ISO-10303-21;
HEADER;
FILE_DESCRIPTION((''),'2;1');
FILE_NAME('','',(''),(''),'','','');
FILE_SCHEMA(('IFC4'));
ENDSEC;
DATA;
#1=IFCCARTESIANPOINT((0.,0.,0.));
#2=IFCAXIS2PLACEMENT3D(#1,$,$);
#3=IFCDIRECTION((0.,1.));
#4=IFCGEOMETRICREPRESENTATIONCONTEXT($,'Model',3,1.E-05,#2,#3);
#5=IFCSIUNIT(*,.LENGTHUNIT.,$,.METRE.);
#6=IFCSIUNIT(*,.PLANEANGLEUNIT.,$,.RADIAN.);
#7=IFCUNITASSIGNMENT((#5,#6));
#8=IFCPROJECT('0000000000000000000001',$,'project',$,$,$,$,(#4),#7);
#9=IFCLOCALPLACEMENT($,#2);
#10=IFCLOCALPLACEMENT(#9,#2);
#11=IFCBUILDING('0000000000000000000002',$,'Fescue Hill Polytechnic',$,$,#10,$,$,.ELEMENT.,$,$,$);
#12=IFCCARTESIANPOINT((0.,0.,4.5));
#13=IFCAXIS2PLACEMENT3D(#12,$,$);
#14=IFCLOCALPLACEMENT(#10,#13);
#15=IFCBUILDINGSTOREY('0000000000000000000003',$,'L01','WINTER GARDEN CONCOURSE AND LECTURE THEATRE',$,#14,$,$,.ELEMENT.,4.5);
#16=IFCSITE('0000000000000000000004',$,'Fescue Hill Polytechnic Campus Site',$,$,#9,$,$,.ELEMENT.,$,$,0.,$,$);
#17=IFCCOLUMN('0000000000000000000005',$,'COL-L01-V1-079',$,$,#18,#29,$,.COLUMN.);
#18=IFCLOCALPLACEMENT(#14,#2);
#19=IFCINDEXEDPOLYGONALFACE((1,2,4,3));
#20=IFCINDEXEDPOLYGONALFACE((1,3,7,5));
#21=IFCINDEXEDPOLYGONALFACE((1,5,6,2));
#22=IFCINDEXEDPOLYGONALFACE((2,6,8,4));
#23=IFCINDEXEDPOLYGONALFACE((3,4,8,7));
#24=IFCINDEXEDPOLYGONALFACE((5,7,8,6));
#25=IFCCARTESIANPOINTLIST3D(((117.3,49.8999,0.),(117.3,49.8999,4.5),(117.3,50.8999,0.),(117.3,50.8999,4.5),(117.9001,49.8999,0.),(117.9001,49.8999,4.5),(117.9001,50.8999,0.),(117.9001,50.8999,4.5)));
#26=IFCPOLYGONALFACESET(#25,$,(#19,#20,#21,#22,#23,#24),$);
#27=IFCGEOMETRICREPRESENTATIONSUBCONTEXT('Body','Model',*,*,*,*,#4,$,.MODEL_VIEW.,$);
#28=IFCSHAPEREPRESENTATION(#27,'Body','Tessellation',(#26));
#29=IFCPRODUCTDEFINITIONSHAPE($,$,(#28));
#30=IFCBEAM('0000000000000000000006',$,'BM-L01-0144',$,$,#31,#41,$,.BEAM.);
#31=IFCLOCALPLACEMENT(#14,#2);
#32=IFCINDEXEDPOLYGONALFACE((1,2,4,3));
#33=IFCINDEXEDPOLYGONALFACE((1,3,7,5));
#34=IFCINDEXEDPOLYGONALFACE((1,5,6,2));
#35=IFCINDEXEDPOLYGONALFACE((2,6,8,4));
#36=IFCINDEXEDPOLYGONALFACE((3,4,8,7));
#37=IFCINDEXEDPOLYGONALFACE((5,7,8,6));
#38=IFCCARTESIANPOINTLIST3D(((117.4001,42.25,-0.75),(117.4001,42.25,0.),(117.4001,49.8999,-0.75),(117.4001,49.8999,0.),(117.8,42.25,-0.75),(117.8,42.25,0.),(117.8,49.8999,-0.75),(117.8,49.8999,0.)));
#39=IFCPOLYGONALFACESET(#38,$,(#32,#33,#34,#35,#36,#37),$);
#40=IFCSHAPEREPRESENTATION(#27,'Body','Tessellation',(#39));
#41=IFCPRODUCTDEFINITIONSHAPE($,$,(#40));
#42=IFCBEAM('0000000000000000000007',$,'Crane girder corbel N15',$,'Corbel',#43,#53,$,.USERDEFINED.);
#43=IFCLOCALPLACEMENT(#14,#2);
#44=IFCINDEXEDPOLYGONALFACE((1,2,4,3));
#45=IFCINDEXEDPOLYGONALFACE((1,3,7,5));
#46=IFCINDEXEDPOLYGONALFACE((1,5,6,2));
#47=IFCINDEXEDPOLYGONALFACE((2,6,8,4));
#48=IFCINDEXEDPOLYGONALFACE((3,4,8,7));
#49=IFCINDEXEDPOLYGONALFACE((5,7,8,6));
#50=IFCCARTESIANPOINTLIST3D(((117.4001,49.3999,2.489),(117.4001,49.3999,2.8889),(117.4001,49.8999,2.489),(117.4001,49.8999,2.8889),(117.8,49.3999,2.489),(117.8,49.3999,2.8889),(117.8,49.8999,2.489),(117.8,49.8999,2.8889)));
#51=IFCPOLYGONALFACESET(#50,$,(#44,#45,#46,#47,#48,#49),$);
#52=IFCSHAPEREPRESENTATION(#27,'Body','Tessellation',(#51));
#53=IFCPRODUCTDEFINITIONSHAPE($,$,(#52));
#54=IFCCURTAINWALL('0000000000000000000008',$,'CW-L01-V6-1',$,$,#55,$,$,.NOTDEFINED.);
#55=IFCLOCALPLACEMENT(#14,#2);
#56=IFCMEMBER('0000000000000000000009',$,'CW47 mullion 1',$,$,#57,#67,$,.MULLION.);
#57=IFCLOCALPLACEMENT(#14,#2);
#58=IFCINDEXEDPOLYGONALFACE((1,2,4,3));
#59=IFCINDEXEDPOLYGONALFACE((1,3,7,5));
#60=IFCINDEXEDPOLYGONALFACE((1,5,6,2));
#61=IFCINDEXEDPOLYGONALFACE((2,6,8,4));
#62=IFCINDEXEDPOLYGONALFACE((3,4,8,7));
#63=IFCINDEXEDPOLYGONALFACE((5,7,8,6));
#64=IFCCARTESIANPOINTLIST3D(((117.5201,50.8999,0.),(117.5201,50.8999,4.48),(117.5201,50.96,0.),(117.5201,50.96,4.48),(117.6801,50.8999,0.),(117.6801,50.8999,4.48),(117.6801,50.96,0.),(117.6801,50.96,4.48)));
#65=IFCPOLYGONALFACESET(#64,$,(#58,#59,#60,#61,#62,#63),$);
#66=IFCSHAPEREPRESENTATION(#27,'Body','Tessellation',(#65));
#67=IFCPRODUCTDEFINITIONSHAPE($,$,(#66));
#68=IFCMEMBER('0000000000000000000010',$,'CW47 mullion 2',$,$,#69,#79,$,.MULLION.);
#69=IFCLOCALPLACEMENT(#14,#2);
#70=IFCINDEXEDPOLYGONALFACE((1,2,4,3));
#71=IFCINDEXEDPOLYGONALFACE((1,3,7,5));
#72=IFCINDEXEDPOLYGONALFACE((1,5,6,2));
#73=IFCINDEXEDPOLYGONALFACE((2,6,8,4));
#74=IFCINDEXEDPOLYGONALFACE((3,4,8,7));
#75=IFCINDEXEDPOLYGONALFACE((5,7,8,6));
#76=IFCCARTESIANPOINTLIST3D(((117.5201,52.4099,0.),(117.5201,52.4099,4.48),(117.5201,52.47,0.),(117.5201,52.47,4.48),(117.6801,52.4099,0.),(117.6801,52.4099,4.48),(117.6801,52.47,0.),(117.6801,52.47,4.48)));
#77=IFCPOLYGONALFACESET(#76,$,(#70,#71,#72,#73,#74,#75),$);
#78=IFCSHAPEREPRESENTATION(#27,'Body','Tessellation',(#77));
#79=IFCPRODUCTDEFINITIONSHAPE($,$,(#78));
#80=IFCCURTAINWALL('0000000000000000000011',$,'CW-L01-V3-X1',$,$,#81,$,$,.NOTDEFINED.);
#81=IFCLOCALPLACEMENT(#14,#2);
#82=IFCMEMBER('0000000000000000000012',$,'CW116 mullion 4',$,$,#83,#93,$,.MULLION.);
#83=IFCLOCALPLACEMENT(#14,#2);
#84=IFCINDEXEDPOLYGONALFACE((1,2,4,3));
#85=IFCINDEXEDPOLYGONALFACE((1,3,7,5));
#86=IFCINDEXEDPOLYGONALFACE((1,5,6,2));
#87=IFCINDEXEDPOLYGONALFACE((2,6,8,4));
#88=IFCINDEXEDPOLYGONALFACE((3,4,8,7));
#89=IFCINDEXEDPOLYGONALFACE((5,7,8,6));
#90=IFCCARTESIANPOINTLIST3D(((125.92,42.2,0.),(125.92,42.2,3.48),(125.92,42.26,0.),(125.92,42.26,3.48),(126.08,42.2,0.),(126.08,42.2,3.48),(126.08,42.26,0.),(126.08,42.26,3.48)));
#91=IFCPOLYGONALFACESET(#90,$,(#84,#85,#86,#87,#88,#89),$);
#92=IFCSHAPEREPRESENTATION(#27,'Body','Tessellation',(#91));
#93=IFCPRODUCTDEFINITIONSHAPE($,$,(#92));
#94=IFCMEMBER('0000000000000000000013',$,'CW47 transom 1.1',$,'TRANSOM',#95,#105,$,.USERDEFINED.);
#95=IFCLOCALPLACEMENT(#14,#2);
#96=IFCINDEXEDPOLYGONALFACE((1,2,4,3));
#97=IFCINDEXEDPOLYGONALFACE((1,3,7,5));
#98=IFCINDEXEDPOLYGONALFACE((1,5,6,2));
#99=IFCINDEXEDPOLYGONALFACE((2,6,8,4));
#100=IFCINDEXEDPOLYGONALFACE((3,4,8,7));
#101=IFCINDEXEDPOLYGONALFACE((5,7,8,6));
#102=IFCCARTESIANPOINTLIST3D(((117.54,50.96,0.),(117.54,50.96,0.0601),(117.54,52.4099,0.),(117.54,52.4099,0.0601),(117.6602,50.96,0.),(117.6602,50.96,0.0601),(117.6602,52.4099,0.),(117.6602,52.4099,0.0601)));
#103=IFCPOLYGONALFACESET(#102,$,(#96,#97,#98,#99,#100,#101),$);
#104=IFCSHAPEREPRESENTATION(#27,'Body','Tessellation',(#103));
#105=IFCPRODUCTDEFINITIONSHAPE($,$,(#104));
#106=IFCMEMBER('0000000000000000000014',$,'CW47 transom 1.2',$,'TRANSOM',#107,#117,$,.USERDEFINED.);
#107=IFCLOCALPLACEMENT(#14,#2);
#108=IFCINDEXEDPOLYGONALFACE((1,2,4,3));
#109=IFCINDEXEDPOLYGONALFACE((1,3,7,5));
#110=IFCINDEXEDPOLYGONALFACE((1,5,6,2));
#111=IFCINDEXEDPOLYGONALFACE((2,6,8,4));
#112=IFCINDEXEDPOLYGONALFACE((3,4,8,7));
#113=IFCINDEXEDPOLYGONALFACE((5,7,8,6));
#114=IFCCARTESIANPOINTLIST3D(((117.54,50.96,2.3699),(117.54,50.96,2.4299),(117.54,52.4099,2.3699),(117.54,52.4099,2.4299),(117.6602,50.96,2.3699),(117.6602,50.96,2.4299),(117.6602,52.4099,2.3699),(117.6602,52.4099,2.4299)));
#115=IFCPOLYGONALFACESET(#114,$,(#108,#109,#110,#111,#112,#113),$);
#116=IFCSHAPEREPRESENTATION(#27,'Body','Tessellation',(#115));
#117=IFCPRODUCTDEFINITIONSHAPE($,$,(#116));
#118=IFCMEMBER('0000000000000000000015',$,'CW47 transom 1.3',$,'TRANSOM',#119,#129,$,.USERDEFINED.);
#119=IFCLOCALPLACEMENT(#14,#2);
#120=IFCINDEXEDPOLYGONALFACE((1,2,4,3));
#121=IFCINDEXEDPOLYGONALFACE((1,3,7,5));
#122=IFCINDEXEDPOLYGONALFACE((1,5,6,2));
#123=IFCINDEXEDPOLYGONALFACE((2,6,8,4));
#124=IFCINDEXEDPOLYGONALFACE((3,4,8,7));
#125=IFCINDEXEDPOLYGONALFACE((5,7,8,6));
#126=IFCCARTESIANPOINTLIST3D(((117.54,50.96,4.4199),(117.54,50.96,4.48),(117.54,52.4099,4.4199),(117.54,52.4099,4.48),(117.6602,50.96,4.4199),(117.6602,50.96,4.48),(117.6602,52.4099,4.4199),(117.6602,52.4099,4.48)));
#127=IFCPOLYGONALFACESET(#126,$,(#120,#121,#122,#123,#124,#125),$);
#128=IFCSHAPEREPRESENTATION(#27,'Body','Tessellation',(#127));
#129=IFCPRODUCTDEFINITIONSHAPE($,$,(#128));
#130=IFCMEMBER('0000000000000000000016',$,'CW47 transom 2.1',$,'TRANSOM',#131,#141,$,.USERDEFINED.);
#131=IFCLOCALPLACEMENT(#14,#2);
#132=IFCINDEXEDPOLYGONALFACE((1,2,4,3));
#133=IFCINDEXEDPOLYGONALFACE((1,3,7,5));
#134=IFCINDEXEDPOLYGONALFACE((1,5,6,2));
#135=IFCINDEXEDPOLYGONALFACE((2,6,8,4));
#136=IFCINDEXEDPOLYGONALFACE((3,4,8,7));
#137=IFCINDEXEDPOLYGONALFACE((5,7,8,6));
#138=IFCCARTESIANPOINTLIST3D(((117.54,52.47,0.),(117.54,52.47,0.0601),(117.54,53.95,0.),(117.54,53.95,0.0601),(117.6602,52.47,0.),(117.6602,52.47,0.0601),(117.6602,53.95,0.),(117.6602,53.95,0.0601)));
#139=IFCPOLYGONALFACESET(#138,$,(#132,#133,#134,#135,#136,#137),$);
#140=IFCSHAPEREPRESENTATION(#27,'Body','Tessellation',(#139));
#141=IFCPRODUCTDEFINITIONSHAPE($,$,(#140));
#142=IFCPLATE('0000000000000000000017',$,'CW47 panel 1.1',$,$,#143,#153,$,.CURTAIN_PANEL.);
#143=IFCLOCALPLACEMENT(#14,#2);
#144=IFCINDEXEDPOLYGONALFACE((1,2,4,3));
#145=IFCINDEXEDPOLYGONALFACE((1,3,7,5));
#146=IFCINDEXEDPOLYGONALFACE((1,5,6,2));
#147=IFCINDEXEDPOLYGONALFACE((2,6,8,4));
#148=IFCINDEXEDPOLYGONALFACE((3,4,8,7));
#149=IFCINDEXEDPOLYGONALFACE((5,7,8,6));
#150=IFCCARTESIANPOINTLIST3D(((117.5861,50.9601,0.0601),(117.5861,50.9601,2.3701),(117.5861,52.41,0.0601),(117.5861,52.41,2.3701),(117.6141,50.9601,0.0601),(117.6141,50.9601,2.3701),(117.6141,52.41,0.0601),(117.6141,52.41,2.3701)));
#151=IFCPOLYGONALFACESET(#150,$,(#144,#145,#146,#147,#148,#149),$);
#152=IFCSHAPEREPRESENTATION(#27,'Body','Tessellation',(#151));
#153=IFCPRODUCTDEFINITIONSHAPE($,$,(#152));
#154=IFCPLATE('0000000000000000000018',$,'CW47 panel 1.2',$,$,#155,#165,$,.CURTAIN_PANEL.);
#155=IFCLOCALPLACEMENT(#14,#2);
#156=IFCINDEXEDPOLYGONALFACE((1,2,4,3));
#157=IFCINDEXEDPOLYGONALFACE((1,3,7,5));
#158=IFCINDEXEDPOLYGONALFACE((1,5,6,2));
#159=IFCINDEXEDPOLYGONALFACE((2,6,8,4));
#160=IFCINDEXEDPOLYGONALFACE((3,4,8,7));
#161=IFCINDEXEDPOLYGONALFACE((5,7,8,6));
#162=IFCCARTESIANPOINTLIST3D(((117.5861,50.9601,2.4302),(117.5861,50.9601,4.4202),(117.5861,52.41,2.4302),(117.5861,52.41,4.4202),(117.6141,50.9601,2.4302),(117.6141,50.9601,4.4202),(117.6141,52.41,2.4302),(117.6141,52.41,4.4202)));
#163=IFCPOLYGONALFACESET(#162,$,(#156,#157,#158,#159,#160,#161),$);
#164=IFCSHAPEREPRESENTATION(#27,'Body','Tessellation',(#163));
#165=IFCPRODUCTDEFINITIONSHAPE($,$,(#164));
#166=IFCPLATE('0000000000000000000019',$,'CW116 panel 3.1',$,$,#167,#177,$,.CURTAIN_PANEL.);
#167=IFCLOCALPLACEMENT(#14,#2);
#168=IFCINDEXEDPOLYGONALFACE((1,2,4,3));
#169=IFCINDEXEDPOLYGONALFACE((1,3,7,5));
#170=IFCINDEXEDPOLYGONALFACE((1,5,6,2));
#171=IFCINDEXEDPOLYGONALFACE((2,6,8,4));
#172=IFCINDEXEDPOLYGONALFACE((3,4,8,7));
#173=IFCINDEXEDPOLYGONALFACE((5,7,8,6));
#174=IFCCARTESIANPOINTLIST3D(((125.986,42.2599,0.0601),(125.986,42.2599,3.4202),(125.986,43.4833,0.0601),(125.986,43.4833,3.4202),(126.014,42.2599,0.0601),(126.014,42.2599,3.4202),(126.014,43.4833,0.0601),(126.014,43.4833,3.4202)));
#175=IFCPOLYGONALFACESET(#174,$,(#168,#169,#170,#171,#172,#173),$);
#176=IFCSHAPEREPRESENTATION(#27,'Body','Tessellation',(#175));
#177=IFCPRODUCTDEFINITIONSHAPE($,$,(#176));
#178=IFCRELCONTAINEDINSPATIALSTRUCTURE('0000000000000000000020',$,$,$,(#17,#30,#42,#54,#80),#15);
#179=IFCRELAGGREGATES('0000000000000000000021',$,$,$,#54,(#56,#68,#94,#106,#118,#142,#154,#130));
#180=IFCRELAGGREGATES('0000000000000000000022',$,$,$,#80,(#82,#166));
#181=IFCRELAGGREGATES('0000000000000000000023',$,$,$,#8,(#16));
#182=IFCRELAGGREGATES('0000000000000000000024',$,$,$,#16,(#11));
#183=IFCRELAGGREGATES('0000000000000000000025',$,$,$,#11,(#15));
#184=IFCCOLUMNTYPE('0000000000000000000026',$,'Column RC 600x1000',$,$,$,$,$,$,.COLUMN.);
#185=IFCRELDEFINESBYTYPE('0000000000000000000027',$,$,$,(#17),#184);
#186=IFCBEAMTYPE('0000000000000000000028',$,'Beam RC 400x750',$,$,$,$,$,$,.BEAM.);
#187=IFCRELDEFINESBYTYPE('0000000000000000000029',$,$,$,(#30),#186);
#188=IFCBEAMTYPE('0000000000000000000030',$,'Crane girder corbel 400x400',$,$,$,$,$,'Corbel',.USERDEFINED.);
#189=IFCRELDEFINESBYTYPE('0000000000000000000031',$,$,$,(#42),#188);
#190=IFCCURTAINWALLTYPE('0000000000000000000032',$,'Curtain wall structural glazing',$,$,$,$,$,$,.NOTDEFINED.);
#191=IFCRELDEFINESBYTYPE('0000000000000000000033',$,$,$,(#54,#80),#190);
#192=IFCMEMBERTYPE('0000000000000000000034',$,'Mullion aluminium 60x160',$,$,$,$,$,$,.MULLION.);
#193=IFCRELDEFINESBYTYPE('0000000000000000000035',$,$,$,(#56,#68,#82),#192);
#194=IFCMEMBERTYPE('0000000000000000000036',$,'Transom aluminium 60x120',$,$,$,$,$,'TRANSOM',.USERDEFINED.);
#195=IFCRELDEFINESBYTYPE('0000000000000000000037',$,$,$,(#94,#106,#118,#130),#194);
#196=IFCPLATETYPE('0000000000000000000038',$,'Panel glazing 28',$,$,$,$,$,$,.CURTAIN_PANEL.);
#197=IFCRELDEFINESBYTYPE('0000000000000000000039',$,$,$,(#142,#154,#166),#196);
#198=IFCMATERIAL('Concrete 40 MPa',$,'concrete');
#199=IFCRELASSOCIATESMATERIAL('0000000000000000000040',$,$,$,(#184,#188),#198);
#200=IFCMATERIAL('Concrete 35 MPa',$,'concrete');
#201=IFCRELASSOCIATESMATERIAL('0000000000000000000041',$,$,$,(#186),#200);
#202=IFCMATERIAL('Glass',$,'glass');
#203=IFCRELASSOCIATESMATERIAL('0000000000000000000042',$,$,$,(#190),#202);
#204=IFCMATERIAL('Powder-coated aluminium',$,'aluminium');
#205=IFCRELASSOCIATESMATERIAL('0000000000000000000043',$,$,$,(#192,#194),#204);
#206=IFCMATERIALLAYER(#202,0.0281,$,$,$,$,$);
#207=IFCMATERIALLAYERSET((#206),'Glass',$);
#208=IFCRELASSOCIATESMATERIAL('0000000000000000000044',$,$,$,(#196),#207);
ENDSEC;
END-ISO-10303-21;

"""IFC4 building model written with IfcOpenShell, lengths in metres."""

from ifc_helpers import new_model, si_unit, direction, frame, origin, origin_2d, place, context, subcontext, project, spatial, rectangle, extrude, material, layer, layer_set, material_profile, profile_set, type_object, element, aggregate, save


model = new_model("IFC4")

# Units and contexts
model_context = context("Model", 3, precision=1e-05, world=origin(), true_north=direction((0.0, 1.0)))
body_context = subcontext(model_context, "Body", "Model", "MODEL_VIEW")
ifc_project = project(units=[si_unit("LENGTHUNIT", "METRE"), si_unit("PLANEANGLEUNIT", "RADIAN")], contexts=[model_context])

# Site, building, storey
site_placement = place(None, origin())
site = spatial("IfcSite", under=ifc_project, at=site_placement, Name="Fescue Hill Polytechnic Campus Site", CompositionType="ELEMENT", RefElevation=0.0)
building_placement = place(site_placement, origin())
building = spatial("IfcBuilding", under=site, at=building_placement, Name="Fescue Hill Polytechnic", CompositionType="ELEMENT")
storey_placement = place(building_placement, frame((0.0, 0.0, 4.5)))
storey = spatial("IfcBuildingStorey", under=building, at=storey_placement, Name="L01", Description="WINTER GARDEN CONCOURSE AND LECTURE THEATRE", CompositionType="ELEMENT", Elevation=4.5)

# Column
ifc_material_1 = material(Name="Concrete 40 MPa", Category="concrete")
ifc_material_profile_1 = material_profile(ifc_material_1, rectangle(XDim=0.6001, YDim=1.0, at=origin_2d()), Name="RC 600x1000")
ifc_profile_set_1 = profile_set([ifc_material_profile_1], Name="Concrete 40 MPa")
column_type = type_object("IfcColumnType", Name="Column RC 600x1000", PredefinedType="COLUMN", material=ifc_profile_set_1)
column_placement = place(storey_placement, frame((117.6001, 50.3999, 0.0), z_axis=(0.0, 0.0, 1.0), x_axis=(1.0, 0.0, 0.0)))
element("IfcColumn", 1, at=column_placement, inside=storey, type_object=column_type, Name="COL-L01-V1-079", PredefinedType="COLUMN", context=body_context, shape_type="SweptSolid", body=[
    extrude(rectangle(XDim=0.6001, YDim=1.0, at=origin_2d()), origin(), (0.0, 0.0, 1.0), 4.5),
])

# Beams
ifc_material_2 = material(Name="Concrete 35 MPa", Category="concrete")
ifc_material_profile_2 = material_profile(ifc_material_2, rectangle(XDim=0.3999, YDim=0.75, at=origin_2d()), Name="RC 400x750")
ifc_profile_set_2 = profile_set([ifc_material_profile_2], Name="Concrete 35 MPa")
beam_type_1 = type_object("IfcBeamType", Name="Beam RC 400x750", PredefinedType="BEAM", material=ifc_profile_set_2)
beam_1_placement = place(storey_placement, frame((117.6001, 42.25, -0.375), z_axis=(0.0, 1.0, 0.0), x_axis=(-1.0, 0.0, 0.0)))
element("IfcBeam", 2, at=beam_1_placement, inside=storey, type_object=beam_type_1, Name="BM-L01-0144", PredefinedType="BEAM", context=body_context, shape_type="SweptSolid", body=[
    extrude(rectangle(XDim=0.3999, YDim=0.75, at=origin_2d()), origin(), (0.0, 0.0, 1.0), 7.6499),
])
ifc_material_profile_3 = material_profile(ifc_material_1, rectangle(XDim=0.3999, YDim=0.3999, at=origin_2d()), Name="Crane girder corbel 400x400")
ifc_profile_set_3 = profile_set([ifc_material_profile_3], Name="Concrete 40 MPa")
beam_type_2 = type_object("IfcBeamType", Name="Crane girder corbel 400x400", ElementType="Corbel", PredefinedType="USERDEFINED", material=ifc_profile_set_3)
beam_2_placement = place(storey_placement, frame((117.6001, 49.8999, 2.689), z_axis=(0.0, -1.0, 0.0), x_axis=(1.0, 0.0, 0.0)))
element("IfcBeam", 3, at=beam_2_placement, inside=storey, type_object=beam_type_2, Name="Crane girder corbel N15", ObjectType="Corbel", PredefinedType="USERDEFINED", context=body_context, shape_type="SweptSolid", body=[
    extrude(rectangle(XDim=0.3999, YDim=0.3999, at=origin_2d()), origin(), (0.0, 0.0, 1.0), 0.5),
])

# Curtain wall, members
ifc_material_3 = material(Name="Glass", Category="glass")
curtain_wall_type = type_object("IfcCurtainWallType", Name="Curtain wall structural glazing", PredefinedType="NOTDEFINED", material=ifc_material_3)
curtain_wall_1_placement = place(storey_placement, origin())
curtain_wall_1 = element("IfcCurtainWall", 4, at=curtain_wall_1_placement, inside=storey, type_object=curtain_wall_type, Name="CW-L01-V6-1", PredefinedType="NOTDEFINED")
ifc_material_4 = material(Name="Powder-coated aluminium", Category="aluminium")
ifc_material_profile_4 = material_profile(ifc_material_4, rectangle(XDim=0.1599, YDim=0.0601, at=origin_2d()), Name="Mullion aluminium 60x160")
ifc_profile_set_4 = profile_set([ifc_material_profile_4], Name="Powder-coated aluminium")
member_type_1 = type_object("IfcMemberType", Name="Mullion aluminium 60x160", PredefinedType="MULLION", material=ifc_profile_set_4)
member_1_placement = place(storey_placement, frame((117.6001, 50.9299, 0.0), z_axis=(0.0, 0.0, 1.0), x_axis=(-1.0, 0.0, 0.0)))
member_1 = element("IfcMember", 5, at=member_1_placement, type_object=member_type_1, Name="CW47 mullion 1", PredefinedType="MULLION", context=body_context, shape_type="SweptSolid", body=[
    extrude(rectangle(XDim=0.1599, YDim=0.0601, at=origin_2d()), origin(), (0.0, 0.0, 1.0), 4.48),
])
member_2_placement = place(storey_placement, frame((117.6001, 52.4399, 0.0), z_axis=(0.0, 0.0, 1.0), x_axis=(-1.0, 0.0, 0.0)))
member_2 = element("IfcMember", 6, at=member_2_placement, type_object=member_type_1, Name="CW47 mullion 2", PredefinedType="MULLION", context=body_context, shape_type="SweptSolid", body=[
    extrude(rectangle(XDim=0.1599, YDim=0.0601, at=origin_2d()), origin(), (0.0, 0.0, 1.0), 4.48),
])

# Curtain wall, member
curtain_wall_2_placement = place(storey_placement, origin())
curtain_wall_2 = element("IfcCurtainWall", 7, at=curtain_wall_2_placement, inside=storey, type_object=curtain_wall_type, Name="CW-L01-V3-X1", PredefinedType="NOTDEFINED")
member_3_placement = place(storey_placement, frame((126.0, 42.23, 0.0), z_axis=(0.0, 0.0, 1.0), x_axis=(1.0, 0.0, 0.0)))
member_3 = element("IfcMember", 8, at=member_3_placement, type_object=member_type_1, Name="CW116 mullion 4", PredefinedType="MULLION", context=body_context, shape_type="SweptSolid", body=[
    extrude(rectangle(XDim=0.1599, YDim=0.0601, at=origin_2d()), origin(), (0.0, 0.0, 1.0), 3.48),
])

# Members
ifc_material_profile_5 = material_profile(ifc_material_4, rectangle(XDim=0.1201, YDim=0.0601, at=origin_2d()), Name="Transom aluminium 60x120")
ifc_profile_set_5 = profile_set([ifc_material_profile_5], Name="Powder-coated aluminium")
member_type_2 = type_object("IfcMemberType", Name="Transom aluminium 60x120", ElementType="TRANSOM", PredefinedType="USERDEFINED", material=ifc_profile_set_5)
member_4_placement = place(storey_placement, frame((117.6001, 50.96, 0.03), z_axis=(0.0, 1.0, 0.0), x_axis=(-1.0, 0.0, 0.0)))
member_4 = element("IfcMember", 9, at=member_4_placement, type_object=member_type_2, Name="CW47 transom 1.1", ObjectType="TRANSOM", PredefinedType="USERDEFINED", context=body_context, shape_type="SweptSolid", body=[
    extrude(rectangle(XDim=0.1201, YDim=0.0601, at=origin_2d()), origin(), (0.0, 0.0, 1.0), 1.45),
])
member_5_placement = place(storey_placement, frame((117.6001, 50.96, 2.3999), z_axis=(0.0, 1.0, 0.0), x_axis=(-1.0, 0.0, 0.0)))
member_5 = element("IfcMember", 10, at=member_5_placement, type_object=member_type_2, Name="CW47 transom 1.2", ObjectType="TRANSOM", PredefinedType="USERDEFINED", context=body_context, shape_type="SweptSolid", body=[
    extrude(rectangle(XDim=0.1201, YDim=0.0601, at=origin_2d()), origin(), (0.0, 0.0, 1.0), 1.45),
])
member_6_placement = place(storey_placement, frame((117.6001, 50.96, 4.45), z_axis=(0.0, 1.0, 0.0), x_axis=(-1.0, 0.0, 0.0)))
member_6 = element("IfcMember", 11, at=member_6_placement, type_object=member_type_2, Name="CW47 transom 1.3", ObjectType="TRANSOM", PredefinedType="USERDEFINED", context=body_context, shape_type="SweptSolid", body=[
    extrude(rectangle(XDim=0.1201, YDim=0.0601, at=origin_2d()), origin(), (0.0, 0.0, 1.0), 1.45),
])
member_7_placement = place(storey_placement, frame((117.6001, 52.47, 0.03), z_axis=(0.0, 1.0, 0.0), x_axis=(-1.0, 0.0, 0.0)))
member_7 = element("IfcMember", 12, at=member_7_placement, type_object=member_type_2, Name="CW47 transom 2.1", ObjectType="TRANSOM", PredefinedType="USERDEFINED", context=body_context, shape_type="SweptSolid", body=[
    extrude(rectangle(XDim=0.1201, YDim=0.0601, at=origin_2d()), origin(), (0.0, 0.0, 1.0), 1.48),
])

# Plates
ifc_layer_1 = layer(ifc_material_3, 0.0281)
ifc_layer_set_1 = layer_set([ifc_layer_1], Name="Glass")
plate_type = type_object("IfcPlateType", Name="Panel glazing 28", PredefinedType="CURTAIN_PANEL", material=ifc_layer_set_1)
plate_1_placement = place(storey_placement, frame((117.6001, 51.6851, 0.0601), z_axis=(0.0, 0.0, 1.0), x_axis=(0.0, 1.0, 0.0)))
plate_1 = element("IfcPlate", 13, at=plate_1_placement, type_object=plate_type, Name="CW47 panel 1.1", PredefinedType="CURTAIN_PANEL", context=body_context, shape_type="SweptSolid", body=[
    extrude(rectangle(XDim=1.45, YDim=0.0281, at=origin_2d()), origin(), (0.0, 0.0, 1.0), 2.3101),
])
plate_2_placement = place(storey_placement, frame((117.6001, 51.6851, 2.4302), z_axis=(0.0, 0.0, 1.0), x_axis=(0.0, 1.0, 0.0)))
plate_2 = element("IfcPlate", 14, at=plate_2_placement, type_object=plate_type, Name="CW47 panel 1.2", PredefinedType="CURTAIN_PANEL", context=body_context, shape_type="SweptSolid", body=[
    extrude(rectangle(XDim=1.45, YDim=0.0281, at=origin_2d()), origin(), (0.0, 0.0, 1.0), 1.99),
])
aggregate(curtain_wall_1, [member_1, member_2, member_4, member_5, member_6, plate_1, plate_2, member_7])
plate_3_placement = place(storey_placement, frame((126.0, 42.8716, 0.0601), z_axis=(0.0, 0.0, 1.0), x_axis=(0.0, -1.0, 0.0)))
plate_3 = element("IfcPlate", 15, at=plate_3_placement, type_object=plate_type, Name="CW116 panel 3.1", PredefinedType="CURTAIN_PANEL", context=body_context, shape_type="SweptSolid", body=[
    extrude(rectangle(XDim=1.2234, YDim=0.0281, at=origin_2d()), origin(), (0.0, 0.0, 1.0), 3.3601),
])
aggregate(curtain_wall_2, [member_3, plate_3])

save(model, "model.ifc")
